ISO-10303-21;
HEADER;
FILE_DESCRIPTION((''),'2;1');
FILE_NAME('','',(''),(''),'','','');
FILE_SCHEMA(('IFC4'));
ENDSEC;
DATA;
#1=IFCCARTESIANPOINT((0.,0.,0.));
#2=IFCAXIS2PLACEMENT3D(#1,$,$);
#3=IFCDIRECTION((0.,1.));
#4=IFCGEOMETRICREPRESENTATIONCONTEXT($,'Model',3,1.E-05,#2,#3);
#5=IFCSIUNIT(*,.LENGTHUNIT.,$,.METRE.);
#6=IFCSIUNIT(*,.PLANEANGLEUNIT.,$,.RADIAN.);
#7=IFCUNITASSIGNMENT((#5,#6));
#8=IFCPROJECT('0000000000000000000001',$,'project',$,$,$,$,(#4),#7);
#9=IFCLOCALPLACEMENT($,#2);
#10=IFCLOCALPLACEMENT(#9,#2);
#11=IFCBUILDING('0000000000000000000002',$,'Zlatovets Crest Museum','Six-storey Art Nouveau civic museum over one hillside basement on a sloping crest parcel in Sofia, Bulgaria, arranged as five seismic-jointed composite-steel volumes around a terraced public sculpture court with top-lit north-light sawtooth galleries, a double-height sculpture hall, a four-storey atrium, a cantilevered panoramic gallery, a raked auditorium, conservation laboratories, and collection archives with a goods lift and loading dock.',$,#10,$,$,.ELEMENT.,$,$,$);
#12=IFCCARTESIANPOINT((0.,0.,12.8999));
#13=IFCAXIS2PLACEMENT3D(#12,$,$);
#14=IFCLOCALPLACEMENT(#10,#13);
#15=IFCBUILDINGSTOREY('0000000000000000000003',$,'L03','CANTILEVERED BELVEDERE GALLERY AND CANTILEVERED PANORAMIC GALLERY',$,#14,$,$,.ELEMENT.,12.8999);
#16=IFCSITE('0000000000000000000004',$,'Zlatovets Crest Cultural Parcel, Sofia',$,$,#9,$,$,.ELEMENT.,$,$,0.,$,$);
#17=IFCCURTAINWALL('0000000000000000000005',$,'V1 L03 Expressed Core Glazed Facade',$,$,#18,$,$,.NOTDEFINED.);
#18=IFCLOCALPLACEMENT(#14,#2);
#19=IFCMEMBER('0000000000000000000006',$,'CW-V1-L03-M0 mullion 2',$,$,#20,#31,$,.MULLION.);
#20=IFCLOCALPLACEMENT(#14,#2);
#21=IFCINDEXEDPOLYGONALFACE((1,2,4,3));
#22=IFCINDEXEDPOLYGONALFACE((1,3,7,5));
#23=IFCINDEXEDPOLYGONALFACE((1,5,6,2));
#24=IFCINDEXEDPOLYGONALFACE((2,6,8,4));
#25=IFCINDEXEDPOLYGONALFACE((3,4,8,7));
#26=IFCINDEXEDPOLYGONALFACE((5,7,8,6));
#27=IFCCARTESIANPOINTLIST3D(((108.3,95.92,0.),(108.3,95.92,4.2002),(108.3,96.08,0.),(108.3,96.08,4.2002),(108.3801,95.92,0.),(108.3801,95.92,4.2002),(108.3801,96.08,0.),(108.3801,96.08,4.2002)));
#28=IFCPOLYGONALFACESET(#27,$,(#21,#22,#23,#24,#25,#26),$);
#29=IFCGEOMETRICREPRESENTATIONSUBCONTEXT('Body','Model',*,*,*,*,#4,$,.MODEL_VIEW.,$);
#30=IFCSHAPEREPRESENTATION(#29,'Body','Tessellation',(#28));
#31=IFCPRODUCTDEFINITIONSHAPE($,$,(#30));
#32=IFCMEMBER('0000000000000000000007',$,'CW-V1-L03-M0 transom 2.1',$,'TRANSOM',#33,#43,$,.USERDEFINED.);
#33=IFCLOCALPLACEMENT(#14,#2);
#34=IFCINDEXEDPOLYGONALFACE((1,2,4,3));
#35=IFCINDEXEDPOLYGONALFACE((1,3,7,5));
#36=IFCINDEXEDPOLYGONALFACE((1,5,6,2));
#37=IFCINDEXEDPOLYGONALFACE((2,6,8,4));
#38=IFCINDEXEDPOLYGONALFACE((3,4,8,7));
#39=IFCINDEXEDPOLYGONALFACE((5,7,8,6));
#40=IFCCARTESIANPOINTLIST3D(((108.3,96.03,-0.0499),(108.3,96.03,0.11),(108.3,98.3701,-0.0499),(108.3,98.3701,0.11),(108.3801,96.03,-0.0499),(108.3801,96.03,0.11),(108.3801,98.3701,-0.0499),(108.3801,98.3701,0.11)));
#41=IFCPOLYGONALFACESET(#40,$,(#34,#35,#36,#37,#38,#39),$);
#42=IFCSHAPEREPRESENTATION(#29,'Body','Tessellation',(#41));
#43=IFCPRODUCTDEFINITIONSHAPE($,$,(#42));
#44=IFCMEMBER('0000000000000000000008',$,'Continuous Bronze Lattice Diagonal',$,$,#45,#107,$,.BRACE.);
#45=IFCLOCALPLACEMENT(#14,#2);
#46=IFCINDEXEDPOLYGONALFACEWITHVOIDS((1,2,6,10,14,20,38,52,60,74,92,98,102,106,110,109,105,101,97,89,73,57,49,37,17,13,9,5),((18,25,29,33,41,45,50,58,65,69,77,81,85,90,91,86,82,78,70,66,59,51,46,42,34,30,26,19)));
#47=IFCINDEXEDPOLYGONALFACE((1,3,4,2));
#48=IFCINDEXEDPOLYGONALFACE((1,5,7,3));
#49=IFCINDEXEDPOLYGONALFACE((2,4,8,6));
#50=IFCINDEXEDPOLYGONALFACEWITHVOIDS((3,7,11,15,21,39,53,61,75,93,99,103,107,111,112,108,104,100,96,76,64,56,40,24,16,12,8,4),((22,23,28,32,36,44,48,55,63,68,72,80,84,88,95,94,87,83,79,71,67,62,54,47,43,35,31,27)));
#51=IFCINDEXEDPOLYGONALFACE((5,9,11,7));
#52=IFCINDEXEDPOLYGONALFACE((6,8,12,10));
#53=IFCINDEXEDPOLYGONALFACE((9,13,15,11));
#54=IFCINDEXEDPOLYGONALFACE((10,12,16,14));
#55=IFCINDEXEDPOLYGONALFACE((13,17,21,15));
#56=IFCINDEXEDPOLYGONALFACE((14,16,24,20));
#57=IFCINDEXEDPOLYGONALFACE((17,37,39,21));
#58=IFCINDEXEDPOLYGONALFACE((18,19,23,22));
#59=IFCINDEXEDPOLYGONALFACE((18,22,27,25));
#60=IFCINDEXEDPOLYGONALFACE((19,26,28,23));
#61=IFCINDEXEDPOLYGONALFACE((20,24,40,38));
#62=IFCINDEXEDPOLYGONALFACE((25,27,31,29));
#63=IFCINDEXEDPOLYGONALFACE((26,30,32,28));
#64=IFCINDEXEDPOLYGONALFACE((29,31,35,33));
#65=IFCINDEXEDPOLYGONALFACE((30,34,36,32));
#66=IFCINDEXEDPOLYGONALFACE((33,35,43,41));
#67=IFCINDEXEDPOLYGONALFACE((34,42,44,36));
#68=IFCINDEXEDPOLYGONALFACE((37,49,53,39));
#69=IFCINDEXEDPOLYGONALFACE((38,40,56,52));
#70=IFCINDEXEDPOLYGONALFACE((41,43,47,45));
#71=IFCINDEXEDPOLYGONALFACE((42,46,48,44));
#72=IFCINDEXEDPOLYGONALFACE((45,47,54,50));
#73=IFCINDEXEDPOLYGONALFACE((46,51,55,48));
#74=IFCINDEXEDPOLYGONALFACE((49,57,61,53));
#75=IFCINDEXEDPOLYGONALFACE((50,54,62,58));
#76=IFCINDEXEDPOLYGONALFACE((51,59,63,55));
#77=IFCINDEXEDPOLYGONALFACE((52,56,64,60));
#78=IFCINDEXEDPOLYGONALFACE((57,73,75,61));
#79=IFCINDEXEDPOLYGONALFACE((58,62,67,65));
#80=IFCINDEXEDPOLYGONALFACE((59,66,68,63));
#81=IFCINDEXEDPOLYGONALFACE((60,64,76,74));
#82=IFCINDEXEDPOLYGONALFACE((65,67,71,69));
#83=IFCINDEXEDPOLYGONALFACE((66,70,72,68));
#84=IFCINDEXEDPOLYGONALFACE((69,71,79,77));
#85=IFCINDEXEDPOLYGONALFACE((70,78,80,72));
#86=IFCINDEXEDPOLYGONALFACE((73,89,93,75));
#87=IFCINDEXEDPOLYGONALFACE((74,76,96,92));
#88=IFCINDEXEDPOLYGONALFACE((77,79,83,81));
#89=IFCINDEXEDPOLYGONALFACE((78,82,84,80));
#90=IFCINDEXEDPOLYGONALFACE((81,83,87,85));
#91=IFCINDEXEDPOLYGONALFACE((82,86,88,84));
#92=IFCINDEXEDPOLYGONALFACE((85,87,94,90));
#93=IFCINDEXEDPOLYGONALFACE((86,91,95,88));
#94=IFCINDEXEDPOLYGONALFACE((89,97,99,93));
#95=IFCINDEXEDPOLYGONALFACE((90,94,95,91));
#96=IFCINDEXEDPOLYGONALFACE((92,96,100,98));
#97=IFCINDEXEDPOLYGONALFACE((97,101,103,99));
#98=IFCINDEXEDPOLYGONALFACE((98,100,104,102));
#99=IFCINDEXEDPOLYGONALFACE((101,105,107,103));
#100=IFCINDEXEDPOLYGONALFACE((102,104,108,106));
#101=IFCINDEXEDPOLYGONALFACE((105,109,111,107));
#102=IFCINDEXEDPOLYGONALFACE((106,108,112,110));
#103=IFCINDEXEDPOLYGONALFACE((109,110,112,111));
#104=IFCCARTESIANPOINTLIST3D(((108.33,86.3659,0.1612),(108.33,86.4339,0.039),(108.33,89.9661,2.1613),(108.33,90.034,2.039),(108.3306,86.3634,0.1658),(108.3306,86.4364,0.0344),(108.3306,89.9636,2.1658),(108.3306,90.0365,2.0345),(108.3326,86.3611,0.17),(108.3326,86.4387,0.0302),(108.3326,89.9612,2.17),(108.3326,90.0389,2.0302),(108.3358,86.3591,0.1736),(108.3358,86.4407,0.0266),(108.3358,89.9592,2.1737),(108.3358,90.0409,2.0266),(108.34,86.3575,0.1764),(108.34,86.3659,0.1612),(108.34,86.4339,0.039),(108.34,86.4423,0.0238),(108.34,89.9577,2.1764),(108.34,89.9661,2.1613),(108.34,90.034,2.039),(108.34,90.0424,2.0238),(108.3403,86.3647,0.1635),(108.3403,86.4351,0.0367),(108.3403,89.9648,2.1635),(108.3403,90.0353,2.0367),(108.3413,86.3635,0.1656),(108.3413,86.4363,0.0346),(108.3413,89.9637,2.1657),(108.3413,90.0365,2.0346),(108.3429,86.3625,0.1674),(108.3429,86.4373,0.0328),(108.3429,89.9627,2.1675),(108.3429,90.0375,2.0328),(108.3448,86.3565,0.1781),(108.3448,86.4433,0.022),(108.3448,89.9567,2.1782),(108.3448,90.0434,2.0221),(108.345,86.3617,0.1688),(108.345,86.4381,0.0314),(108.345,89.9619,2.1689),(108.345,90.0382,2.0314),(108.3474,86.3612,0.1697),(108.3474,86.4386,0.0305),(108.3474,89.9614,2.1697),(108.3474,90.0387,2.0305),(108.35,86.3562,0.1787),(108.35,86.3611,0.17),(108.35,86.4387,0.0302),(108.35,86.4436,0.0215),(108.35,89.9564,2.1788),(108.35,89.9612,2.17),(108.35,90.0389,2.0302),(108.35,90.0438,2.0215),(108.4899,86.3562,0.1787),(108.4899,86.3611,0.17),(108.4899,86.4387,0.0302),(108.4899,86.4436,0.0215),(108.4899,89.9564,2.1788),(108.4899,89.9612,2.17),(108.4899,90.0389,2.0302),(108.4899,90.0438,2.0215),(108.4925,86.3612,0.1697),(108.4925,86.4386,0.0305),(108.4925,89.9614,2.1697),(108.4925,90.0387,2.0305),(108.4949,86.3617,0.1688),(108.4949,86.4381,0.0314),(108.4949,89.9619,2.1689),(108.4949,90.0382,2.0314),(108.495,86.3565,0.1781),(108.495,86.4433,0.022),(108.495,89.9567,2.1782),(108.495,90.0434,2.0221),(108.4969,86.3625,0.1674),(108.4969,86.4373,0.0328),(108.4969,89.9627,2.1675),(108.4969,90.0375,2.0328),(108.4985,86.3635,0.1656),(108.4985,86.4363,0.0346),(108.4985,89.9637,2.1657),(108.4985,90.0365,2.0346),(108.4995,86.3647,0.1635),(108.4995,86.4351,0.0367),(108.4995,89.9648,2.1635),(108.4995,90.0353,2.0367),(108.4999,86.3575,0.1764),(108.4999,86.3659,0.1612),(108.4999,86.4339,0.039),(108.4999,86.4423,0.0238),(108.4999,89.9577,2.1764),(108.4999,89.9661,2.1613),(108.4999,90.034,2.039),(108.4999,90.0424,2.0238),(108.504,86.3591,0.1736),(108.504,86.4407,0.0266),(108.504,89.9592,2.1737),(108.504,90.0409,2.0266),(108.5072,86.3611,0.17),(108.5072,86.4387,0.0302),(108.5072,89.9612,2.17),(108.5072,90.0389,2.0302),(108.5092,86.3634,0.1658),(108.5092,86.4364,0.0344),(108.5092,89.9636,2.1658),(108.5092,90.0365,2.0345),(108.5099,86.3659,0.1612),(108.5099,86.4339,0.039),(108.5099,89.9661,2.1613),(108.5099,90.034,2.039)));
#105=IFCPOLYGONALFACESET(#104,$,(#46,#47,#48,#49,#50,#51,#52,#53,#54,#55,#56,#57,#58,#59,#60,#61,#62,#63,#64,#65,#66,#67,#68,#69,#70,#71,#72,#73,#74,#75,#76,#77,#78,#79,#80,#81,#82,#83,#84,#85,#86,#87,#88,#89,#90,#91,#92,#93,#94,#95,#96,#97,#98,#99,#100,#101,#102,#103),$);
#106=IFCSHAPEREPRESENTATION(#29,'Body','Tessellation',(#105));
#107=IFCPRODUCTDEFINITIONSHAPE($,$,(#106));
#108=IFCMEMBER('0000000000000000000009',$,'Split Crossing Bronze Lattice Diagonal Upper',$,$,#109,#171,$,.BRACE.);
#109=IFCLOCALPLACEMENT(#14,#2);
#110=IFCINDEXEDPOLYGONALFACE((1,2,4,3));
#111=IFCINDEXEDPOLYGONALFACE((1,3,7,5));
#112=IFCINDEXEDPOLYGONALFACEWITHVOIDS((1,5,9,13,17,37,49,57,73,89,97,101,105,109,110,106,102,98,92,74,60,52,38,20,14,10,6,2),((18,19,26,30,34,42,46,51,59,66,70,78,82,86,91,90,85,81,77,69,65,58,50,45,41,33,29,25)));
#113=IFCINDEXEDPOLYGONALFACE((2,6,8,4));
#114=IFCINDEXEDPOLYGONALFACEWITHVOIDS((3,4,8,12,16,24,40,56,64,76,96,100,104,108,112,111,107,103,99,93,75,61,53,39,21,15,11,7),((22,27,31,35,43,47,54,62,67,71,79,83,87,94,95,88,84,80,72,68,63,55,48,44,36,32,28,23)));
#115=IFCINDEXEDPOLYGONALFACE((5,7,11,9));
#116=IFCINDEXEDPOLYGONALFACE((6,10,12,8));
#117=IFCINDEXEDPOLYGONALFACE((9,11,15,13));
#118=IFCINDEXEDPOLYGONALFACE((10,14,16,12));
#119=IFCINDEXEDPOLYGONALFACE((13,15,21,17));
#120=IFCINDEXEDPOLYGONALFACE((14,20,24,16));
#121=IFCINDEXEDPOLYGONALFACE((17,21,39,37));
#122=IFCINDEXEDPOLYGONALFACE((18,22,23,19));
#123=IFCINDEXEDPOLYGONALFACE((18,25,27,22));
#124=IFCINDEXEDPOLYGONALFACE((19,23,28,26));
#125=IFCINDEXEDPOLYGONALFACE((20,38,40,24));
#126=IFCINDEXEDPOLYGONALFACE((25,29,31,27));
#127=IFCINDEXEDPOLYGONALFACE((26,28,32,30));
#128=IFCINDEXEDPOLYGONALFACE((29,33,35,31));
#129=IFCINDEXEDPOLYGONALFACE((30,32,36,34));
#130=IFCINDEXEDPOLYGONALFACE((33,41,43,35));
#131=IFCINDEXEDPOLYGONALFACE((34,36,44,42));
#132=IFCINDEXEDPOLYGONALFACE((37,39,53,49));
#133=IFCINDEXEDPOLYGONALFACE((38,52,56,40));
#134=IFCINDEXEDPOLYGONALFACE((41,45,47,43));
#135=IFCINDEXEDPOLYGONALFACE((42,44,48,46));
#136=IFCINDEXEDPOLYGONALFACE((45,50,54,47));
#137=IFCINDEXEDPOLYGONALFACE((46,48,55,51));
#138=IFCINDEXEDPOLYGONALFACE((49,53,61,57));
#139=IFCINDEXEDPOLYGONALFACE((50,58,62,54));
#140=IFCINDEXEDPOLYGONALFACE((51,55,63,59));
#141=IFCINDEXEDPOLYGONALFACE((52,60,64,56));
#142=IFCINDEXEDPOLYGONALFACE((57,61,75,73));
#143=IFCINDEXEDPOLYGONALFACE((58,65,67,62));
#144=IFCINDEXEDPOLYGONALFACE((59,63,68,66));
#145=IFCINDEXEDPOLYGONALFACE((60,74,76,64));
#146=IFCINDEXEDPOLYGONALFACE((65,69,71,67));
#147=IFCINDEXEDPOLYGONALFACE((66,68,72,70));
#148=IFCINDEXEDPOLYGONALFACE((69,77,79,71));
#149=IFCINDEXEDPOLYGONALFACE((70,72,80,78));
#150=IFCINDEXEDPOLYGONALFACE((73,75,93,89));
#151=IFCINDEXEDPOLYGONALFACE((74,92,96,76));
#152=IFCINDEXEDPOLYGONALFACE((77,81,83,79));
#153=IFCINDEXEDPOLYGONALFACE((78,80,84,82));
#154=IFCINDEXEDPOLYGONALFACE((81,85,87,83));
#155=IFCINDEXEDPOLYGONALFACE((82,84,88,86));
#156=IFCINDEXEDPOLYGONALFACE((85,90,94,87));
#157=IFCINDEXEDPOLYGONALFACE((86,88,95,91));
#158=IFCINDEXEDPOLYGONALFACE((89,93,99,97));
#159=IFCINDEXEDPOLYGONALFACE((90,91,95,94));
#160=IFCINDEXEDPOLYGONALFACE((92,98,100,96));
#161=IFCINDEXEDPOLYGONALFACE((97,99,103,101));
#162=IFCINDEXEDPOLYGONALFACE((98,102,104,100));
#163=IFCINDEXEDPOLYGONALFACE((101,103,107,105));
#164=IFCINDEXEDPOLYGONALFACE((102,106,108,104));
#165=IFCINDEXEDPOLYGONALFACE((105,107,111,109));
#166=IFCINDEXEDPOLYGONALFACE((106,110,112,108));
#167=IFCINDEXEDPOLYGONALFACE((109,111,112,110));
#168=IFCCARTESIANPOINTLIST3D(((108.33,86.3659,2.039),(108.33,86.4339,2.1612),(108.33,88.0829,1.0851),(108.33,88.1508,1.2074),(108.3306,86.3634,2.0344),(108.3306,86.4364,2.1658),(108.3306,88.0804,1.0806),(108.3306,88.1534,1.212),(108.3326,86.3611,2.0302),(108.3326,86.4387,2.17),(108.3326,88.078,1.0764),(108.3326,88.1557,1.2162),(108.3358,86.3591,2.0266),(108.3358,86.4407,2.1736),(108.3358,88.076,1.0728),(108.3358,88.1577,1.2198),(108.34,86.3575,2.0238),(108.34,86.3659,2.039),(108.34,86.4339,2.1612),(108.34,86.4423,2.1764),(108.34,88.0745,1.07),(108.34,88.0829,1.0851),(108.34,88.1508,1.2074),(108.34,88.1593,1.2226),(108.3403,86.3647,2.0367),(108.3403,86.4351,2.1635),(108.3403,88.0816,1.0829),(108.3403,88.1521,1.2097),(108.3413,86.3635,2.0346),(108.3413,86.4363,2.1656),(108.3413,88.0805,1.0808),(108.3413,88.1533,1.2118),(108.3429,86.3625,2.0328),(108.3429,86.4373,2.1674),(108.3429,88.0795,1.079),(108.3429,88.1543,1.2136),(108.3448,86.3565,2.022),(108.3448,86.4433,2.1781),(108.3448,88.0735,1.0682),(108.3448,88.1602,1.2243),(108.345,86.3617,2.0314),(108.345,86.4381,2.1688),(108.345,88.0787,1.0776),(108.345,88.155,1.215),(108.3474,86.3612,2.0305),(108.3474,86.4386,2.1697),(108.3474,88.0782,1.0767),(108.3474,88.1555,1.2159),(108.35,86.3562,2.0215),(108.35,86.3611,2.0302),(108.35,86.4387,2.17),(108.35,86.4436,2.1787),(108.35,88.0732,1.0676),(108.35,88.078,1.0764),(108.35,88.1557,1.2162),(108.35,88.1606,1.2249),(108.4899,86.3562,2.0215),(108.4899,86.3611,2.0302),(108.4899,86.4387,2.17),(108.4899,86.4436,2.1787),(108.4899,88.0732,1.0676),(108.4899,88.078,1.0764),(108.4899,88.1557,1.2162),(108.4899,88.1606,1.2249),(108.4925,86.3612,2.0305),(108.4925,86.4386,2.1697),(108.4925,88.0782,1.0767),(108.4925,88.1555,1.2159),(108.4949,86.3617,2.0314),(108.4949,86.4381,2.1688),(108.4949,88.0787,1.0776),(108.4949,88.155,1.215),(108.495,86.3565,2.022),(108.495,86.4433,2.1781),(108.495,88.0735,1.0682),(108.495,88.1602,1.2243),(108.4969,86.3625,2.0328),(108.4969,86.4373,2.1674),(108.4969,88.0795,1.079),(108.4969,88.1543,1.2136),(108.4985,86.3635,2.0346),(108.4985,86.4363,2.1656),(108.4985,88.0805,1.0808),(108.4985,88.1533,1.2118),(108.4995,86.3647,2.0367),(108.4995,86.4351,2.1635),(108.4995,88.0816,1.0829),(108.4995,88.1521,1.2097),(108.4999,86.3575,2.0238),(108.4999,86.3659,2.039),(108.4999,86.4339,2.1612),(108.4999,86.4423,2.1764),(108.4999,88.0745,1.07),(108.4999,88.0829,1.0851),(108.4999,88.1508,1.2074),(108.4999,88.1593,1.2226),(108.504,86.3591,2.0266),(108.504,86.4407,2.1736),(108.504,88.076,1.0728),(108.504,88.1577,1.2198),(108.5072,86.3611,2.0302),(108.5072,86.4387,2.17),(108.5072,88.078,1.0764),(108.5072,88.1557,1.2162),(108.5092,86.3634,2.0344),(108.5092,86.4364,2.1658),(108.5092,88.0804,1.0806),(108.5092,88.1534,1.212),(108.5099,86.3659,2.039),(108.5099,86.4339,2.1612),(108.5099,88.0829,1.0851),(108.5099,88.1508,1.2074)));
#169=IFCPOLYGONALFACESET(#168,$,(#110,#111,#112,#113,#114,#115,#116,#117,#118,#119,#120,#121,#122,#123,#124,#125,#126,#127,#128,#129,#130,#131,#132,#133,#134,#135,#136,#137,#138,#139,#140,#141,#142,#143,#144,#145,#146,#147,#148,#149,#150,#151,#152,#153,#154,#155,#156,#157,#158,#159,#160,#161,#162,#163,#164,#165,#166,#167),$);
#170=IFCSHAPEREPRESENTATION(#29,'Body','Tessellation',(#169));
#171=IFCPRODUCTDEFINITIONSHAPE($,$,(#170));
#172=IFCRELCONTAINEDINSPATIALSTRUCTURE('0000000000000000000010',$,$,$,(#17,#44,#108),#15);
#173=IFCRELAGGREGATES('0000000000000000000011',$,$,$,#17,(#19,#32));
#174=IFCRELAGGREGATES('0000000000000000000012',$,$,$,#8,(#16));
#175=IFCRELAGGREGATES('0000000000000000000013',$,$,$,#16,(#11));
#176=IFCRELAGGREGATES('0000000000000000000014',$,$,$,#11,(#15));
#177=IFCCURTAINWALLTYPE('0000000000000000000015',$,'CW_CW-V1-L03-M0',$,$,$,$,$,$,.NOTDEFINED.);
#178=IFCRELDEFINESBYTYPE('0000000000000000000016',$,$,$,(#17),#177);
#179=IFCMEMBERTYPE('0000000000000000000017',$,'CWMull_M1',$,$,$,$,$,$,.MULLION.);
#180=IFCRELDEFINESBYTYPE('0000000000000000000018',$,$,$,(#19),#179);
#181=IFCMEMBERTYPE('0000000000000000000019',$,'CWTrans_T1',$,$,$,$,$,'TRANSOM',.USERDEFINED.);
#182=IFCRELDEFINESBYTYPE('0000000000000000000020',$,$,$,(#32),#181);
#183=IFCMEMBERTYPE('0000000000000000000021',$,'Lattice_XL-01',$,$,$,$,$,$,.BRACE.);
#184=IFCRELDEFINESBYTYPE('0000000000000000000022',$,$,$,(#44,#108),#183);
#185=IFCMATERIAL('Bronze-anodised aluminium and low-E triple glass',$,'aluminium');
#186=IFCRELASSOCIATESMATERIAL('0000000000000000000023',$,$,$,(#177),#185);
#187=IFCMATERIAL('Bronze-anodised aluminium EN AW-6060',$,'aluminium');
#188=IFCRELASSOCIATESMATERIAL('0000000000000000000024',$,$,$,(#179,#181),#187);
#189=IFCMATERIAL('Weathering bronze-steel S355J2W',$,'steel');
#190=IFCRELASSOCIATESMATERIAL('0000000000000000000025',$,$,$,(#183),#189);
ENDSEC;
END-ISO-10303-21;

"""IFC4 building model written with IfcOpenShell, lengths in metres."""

from ifc_helpers import new_model, si_unit, direction, frame, origin, origin_2d, place, context, subcontext, project, spatial, rectangle, hollow_rectangle, extrude, material, material_profile, profile_set, type_object, element, aggregate, save


model = new_model("IFC4")

# Units and contexts
model_context = context("Model", 3, precision=1e-05, world=origin(), true_north=direction((0.0, 1.0)))
body_context = subcontext(model_context, "Body", "Model", "MODEL_VIEW")
ifc_project = project(units=[si_unit("LENGTHUNIT", "METRE"), si_unit("PLANEANGLEUNIT", "RADIAN")], contexts=[model_context])

# Site, building, storey
site_placement = place(None, origin())
site = spatial("IfcSite", under=ifc_project, at=site_placement, Name="Zlatovets Crest Cultural Parcel, Sofia", CompositionType="ELEMENT", RefElevation=0.0)
building_placement = place(site_placement, origin())
building = spatial("IfcBuilding", under=site, at=building_placement, Name="Zlatovets Crest Museum", Description="Six-storey Art Nouveau civic museum over one hillside basement on a sloping crest parcel in Sofia, Bulgaria, arranged as five seismic-jointed composite-steel volumes around a terraced public sculpture court with top-lit north-light sawtooth galleries, a double-height sculpture hall, a four-storey atrium, a cantilevered panoramic gallery, a raked auditorium, conservation laboratories, and collection archives with a goods lift and loading dock.", CompositionType="ELEMENT")
storey_placement = place(building_placement, frame((0.0, 0.0, 12.8999)))
storey = spatial("IfcBuildingStorey", under=building, at=storey_placement, Name="L03", Description="CANTILEVERED BELVEDERE GALLERY AND CANTILEVERED PANORAMIC GALLERY", CompositionType="ELEMENT", Elevation=12.8999)

# Curtain wall, members
ifc_material_1 = material(Name="Bronze-anodised aluminium and low-E triple glass", Category="aluminium")
curtain_wall_type = type_object("IfcCurtainWallType", Name="CW_CW-V1-L03-M0", PredefinedType="NOTDEFINED", material=ifc_material_1)
curtain_wall_placement = place(storey_placement, origin())
curtain_wall = element("IfcCurtainWall", 1, at=curtain_wall_placement, inside=storey, type_object=curtain_wall_type, Name="V1 L03 Expressed Core Glazed Facade", PredefinedType="NOTDEFINED")
ifc_material_2 = material(Name="Bronze-anodised aluminium EN AW-6060", Category="aluminium")
ifc_material_profile_1 = material_profile(ifc_material_2, rectangle(XDim=0.0801, YDim=0.1599, at=origin_2d()), Name="ALU 80x160")
ifc_profile_set_1 = profile_set([ifc_material_profile_1], Name="Bronze-anodised aluminium EN AW-6060")
member_type_1 = type_object("IfcMemberType", Name="CWMull_M1", PredefinedType="MULLION", material=ifc_profile_set_1)
member_1_placement = place(storey_placement, frame((108.3401, 96.0, 0.0), z_axis=(0.0, 0.0, 1.0), x_axis=(-1.0, 0.0, 0.0)))
member_1 = element("IfcMember", 2, at=member_1_placement, type_object=member_type_1, Name="CW-V1-L03-M0 mullion 2", PredefinedType="MULLION", context=body_context, shape_type="SweptSolid", body=[
    extrude(rectangle(XDim=0.0801, YDim=0.1599, at=origin_2d()), origin(), (0.0, 0.0, 1.0), 4.2002),
])
ifc_material_profile_2 = material_profile(ifc_material_2, rectangle(XDim=0.0801, YDim=0.1599, at=origin_2d()), Name="ALU 80x160")
ifc_profile_set_2 = profile_set([ifc_material_profile_2], Name="Bronze-anodised aluminium EN AW-6060")
member_type_2 = type_object("IfcMemberType", Name="CWTrans_T1", ElementType="TRANSOM", PredefinedType="USERDEFINED", material=ifc_profile_set_2)
member_2_placement = place(storey_placement, frame((108.3401, 96.03, 0.03), z_axis=(0.0, 1.0, 0.0), x_axis=(-1.0, 0.0, 0.0)))
member_2 = element("IfcMember", 3, at=member_2_placement, type_object=member_type_2, Name="CW-V1-L03-M0 transom 2.1", ObjectType="TRANSOM", PredefinedType="USERDEFINED", context=body_context, shape_type="SweptSolid", body=[
    extrude(rectangle(XDim=0.0801, YDim=0.1599, at=origin_2d()), origin(), (0.0, 0.0, 1.0), 2.3401),
])
aggregate(curtain_wall, [member_1, member_2])

# Members
ifc_material_3 = material(Name="Weathering bronze-steel S355J2W", Category="steel")
ifc_material_profile_3 = material_profile(ifc_material_3, hollow_rectangle(XDim=0.1799, YDim=0.1799, WallThickness=0.01, InnerFilletRadius=0.01, OuterFilletRadius=0.02, at=origin_2d()), Name="SHS 180x180x10.0")
ifc_profile_set_3 = profile_set([ifc_material_profile_3], Name="Weathering bronze-steel S355J2W")
member_type_3 = type_object("IfcMemberType", Name="Lattice_XL-01", PredefinedType="BRACE", material=ifc_profile_set_3)
member_3_placement = place(storey_placement, frame((108.4199, 86.3999, 0.1001), z_axis=(0.0, 0.874163, 0.485633), x_axis=(-1.0, 0.0, 0.0)))
element("IfcMember", 4, at=member_3_placement, inside=storey, type_object=member_type_3, Name="Continuous Bronze Lattice Diagonal", PredefinedType="BRACE", context=body_context, shape_type="SweptSolid", body=[
    extrude(hollow_rectangle(XDim=0.1799, YDim=0.1799, WallThickness=0.01, InnerFilletRadius=0.01, OuterFilletRadius=0.02, at=origin_2d()), origin(), (0.0, 0.0, 1.0), 4.1184),
])
for number, where, z_axis, x_axis, name in (
    (5, (108.4199, 86.3999, 2.1001), (0.0, 0.874169, -0.485622), (-1.0, 0.0, 0.0), "Split Crossing Bronze Lattice Diagonal Upper"),
):
    element("IfcMember", number, at=place(storey_placement, frame(where, z_axis=z_axis, x_axis=x_axis)), inside=storey, type_object=member_type_3, Name=name, PredefinedType="BRACE", context=body_context, shape_type="SweptSolid", body=[
        extrude(hollow_rectangle(XDim=0.1799, YDim=0.1799, WallThickness=0.01, InnerFilletRadius=0.01, OuterFilletRadius=0.02, at=origin_2d()), origin(), (0.0, 0.0, 1.0), 1.9641),
    ])

save(model, "model.ifc")
